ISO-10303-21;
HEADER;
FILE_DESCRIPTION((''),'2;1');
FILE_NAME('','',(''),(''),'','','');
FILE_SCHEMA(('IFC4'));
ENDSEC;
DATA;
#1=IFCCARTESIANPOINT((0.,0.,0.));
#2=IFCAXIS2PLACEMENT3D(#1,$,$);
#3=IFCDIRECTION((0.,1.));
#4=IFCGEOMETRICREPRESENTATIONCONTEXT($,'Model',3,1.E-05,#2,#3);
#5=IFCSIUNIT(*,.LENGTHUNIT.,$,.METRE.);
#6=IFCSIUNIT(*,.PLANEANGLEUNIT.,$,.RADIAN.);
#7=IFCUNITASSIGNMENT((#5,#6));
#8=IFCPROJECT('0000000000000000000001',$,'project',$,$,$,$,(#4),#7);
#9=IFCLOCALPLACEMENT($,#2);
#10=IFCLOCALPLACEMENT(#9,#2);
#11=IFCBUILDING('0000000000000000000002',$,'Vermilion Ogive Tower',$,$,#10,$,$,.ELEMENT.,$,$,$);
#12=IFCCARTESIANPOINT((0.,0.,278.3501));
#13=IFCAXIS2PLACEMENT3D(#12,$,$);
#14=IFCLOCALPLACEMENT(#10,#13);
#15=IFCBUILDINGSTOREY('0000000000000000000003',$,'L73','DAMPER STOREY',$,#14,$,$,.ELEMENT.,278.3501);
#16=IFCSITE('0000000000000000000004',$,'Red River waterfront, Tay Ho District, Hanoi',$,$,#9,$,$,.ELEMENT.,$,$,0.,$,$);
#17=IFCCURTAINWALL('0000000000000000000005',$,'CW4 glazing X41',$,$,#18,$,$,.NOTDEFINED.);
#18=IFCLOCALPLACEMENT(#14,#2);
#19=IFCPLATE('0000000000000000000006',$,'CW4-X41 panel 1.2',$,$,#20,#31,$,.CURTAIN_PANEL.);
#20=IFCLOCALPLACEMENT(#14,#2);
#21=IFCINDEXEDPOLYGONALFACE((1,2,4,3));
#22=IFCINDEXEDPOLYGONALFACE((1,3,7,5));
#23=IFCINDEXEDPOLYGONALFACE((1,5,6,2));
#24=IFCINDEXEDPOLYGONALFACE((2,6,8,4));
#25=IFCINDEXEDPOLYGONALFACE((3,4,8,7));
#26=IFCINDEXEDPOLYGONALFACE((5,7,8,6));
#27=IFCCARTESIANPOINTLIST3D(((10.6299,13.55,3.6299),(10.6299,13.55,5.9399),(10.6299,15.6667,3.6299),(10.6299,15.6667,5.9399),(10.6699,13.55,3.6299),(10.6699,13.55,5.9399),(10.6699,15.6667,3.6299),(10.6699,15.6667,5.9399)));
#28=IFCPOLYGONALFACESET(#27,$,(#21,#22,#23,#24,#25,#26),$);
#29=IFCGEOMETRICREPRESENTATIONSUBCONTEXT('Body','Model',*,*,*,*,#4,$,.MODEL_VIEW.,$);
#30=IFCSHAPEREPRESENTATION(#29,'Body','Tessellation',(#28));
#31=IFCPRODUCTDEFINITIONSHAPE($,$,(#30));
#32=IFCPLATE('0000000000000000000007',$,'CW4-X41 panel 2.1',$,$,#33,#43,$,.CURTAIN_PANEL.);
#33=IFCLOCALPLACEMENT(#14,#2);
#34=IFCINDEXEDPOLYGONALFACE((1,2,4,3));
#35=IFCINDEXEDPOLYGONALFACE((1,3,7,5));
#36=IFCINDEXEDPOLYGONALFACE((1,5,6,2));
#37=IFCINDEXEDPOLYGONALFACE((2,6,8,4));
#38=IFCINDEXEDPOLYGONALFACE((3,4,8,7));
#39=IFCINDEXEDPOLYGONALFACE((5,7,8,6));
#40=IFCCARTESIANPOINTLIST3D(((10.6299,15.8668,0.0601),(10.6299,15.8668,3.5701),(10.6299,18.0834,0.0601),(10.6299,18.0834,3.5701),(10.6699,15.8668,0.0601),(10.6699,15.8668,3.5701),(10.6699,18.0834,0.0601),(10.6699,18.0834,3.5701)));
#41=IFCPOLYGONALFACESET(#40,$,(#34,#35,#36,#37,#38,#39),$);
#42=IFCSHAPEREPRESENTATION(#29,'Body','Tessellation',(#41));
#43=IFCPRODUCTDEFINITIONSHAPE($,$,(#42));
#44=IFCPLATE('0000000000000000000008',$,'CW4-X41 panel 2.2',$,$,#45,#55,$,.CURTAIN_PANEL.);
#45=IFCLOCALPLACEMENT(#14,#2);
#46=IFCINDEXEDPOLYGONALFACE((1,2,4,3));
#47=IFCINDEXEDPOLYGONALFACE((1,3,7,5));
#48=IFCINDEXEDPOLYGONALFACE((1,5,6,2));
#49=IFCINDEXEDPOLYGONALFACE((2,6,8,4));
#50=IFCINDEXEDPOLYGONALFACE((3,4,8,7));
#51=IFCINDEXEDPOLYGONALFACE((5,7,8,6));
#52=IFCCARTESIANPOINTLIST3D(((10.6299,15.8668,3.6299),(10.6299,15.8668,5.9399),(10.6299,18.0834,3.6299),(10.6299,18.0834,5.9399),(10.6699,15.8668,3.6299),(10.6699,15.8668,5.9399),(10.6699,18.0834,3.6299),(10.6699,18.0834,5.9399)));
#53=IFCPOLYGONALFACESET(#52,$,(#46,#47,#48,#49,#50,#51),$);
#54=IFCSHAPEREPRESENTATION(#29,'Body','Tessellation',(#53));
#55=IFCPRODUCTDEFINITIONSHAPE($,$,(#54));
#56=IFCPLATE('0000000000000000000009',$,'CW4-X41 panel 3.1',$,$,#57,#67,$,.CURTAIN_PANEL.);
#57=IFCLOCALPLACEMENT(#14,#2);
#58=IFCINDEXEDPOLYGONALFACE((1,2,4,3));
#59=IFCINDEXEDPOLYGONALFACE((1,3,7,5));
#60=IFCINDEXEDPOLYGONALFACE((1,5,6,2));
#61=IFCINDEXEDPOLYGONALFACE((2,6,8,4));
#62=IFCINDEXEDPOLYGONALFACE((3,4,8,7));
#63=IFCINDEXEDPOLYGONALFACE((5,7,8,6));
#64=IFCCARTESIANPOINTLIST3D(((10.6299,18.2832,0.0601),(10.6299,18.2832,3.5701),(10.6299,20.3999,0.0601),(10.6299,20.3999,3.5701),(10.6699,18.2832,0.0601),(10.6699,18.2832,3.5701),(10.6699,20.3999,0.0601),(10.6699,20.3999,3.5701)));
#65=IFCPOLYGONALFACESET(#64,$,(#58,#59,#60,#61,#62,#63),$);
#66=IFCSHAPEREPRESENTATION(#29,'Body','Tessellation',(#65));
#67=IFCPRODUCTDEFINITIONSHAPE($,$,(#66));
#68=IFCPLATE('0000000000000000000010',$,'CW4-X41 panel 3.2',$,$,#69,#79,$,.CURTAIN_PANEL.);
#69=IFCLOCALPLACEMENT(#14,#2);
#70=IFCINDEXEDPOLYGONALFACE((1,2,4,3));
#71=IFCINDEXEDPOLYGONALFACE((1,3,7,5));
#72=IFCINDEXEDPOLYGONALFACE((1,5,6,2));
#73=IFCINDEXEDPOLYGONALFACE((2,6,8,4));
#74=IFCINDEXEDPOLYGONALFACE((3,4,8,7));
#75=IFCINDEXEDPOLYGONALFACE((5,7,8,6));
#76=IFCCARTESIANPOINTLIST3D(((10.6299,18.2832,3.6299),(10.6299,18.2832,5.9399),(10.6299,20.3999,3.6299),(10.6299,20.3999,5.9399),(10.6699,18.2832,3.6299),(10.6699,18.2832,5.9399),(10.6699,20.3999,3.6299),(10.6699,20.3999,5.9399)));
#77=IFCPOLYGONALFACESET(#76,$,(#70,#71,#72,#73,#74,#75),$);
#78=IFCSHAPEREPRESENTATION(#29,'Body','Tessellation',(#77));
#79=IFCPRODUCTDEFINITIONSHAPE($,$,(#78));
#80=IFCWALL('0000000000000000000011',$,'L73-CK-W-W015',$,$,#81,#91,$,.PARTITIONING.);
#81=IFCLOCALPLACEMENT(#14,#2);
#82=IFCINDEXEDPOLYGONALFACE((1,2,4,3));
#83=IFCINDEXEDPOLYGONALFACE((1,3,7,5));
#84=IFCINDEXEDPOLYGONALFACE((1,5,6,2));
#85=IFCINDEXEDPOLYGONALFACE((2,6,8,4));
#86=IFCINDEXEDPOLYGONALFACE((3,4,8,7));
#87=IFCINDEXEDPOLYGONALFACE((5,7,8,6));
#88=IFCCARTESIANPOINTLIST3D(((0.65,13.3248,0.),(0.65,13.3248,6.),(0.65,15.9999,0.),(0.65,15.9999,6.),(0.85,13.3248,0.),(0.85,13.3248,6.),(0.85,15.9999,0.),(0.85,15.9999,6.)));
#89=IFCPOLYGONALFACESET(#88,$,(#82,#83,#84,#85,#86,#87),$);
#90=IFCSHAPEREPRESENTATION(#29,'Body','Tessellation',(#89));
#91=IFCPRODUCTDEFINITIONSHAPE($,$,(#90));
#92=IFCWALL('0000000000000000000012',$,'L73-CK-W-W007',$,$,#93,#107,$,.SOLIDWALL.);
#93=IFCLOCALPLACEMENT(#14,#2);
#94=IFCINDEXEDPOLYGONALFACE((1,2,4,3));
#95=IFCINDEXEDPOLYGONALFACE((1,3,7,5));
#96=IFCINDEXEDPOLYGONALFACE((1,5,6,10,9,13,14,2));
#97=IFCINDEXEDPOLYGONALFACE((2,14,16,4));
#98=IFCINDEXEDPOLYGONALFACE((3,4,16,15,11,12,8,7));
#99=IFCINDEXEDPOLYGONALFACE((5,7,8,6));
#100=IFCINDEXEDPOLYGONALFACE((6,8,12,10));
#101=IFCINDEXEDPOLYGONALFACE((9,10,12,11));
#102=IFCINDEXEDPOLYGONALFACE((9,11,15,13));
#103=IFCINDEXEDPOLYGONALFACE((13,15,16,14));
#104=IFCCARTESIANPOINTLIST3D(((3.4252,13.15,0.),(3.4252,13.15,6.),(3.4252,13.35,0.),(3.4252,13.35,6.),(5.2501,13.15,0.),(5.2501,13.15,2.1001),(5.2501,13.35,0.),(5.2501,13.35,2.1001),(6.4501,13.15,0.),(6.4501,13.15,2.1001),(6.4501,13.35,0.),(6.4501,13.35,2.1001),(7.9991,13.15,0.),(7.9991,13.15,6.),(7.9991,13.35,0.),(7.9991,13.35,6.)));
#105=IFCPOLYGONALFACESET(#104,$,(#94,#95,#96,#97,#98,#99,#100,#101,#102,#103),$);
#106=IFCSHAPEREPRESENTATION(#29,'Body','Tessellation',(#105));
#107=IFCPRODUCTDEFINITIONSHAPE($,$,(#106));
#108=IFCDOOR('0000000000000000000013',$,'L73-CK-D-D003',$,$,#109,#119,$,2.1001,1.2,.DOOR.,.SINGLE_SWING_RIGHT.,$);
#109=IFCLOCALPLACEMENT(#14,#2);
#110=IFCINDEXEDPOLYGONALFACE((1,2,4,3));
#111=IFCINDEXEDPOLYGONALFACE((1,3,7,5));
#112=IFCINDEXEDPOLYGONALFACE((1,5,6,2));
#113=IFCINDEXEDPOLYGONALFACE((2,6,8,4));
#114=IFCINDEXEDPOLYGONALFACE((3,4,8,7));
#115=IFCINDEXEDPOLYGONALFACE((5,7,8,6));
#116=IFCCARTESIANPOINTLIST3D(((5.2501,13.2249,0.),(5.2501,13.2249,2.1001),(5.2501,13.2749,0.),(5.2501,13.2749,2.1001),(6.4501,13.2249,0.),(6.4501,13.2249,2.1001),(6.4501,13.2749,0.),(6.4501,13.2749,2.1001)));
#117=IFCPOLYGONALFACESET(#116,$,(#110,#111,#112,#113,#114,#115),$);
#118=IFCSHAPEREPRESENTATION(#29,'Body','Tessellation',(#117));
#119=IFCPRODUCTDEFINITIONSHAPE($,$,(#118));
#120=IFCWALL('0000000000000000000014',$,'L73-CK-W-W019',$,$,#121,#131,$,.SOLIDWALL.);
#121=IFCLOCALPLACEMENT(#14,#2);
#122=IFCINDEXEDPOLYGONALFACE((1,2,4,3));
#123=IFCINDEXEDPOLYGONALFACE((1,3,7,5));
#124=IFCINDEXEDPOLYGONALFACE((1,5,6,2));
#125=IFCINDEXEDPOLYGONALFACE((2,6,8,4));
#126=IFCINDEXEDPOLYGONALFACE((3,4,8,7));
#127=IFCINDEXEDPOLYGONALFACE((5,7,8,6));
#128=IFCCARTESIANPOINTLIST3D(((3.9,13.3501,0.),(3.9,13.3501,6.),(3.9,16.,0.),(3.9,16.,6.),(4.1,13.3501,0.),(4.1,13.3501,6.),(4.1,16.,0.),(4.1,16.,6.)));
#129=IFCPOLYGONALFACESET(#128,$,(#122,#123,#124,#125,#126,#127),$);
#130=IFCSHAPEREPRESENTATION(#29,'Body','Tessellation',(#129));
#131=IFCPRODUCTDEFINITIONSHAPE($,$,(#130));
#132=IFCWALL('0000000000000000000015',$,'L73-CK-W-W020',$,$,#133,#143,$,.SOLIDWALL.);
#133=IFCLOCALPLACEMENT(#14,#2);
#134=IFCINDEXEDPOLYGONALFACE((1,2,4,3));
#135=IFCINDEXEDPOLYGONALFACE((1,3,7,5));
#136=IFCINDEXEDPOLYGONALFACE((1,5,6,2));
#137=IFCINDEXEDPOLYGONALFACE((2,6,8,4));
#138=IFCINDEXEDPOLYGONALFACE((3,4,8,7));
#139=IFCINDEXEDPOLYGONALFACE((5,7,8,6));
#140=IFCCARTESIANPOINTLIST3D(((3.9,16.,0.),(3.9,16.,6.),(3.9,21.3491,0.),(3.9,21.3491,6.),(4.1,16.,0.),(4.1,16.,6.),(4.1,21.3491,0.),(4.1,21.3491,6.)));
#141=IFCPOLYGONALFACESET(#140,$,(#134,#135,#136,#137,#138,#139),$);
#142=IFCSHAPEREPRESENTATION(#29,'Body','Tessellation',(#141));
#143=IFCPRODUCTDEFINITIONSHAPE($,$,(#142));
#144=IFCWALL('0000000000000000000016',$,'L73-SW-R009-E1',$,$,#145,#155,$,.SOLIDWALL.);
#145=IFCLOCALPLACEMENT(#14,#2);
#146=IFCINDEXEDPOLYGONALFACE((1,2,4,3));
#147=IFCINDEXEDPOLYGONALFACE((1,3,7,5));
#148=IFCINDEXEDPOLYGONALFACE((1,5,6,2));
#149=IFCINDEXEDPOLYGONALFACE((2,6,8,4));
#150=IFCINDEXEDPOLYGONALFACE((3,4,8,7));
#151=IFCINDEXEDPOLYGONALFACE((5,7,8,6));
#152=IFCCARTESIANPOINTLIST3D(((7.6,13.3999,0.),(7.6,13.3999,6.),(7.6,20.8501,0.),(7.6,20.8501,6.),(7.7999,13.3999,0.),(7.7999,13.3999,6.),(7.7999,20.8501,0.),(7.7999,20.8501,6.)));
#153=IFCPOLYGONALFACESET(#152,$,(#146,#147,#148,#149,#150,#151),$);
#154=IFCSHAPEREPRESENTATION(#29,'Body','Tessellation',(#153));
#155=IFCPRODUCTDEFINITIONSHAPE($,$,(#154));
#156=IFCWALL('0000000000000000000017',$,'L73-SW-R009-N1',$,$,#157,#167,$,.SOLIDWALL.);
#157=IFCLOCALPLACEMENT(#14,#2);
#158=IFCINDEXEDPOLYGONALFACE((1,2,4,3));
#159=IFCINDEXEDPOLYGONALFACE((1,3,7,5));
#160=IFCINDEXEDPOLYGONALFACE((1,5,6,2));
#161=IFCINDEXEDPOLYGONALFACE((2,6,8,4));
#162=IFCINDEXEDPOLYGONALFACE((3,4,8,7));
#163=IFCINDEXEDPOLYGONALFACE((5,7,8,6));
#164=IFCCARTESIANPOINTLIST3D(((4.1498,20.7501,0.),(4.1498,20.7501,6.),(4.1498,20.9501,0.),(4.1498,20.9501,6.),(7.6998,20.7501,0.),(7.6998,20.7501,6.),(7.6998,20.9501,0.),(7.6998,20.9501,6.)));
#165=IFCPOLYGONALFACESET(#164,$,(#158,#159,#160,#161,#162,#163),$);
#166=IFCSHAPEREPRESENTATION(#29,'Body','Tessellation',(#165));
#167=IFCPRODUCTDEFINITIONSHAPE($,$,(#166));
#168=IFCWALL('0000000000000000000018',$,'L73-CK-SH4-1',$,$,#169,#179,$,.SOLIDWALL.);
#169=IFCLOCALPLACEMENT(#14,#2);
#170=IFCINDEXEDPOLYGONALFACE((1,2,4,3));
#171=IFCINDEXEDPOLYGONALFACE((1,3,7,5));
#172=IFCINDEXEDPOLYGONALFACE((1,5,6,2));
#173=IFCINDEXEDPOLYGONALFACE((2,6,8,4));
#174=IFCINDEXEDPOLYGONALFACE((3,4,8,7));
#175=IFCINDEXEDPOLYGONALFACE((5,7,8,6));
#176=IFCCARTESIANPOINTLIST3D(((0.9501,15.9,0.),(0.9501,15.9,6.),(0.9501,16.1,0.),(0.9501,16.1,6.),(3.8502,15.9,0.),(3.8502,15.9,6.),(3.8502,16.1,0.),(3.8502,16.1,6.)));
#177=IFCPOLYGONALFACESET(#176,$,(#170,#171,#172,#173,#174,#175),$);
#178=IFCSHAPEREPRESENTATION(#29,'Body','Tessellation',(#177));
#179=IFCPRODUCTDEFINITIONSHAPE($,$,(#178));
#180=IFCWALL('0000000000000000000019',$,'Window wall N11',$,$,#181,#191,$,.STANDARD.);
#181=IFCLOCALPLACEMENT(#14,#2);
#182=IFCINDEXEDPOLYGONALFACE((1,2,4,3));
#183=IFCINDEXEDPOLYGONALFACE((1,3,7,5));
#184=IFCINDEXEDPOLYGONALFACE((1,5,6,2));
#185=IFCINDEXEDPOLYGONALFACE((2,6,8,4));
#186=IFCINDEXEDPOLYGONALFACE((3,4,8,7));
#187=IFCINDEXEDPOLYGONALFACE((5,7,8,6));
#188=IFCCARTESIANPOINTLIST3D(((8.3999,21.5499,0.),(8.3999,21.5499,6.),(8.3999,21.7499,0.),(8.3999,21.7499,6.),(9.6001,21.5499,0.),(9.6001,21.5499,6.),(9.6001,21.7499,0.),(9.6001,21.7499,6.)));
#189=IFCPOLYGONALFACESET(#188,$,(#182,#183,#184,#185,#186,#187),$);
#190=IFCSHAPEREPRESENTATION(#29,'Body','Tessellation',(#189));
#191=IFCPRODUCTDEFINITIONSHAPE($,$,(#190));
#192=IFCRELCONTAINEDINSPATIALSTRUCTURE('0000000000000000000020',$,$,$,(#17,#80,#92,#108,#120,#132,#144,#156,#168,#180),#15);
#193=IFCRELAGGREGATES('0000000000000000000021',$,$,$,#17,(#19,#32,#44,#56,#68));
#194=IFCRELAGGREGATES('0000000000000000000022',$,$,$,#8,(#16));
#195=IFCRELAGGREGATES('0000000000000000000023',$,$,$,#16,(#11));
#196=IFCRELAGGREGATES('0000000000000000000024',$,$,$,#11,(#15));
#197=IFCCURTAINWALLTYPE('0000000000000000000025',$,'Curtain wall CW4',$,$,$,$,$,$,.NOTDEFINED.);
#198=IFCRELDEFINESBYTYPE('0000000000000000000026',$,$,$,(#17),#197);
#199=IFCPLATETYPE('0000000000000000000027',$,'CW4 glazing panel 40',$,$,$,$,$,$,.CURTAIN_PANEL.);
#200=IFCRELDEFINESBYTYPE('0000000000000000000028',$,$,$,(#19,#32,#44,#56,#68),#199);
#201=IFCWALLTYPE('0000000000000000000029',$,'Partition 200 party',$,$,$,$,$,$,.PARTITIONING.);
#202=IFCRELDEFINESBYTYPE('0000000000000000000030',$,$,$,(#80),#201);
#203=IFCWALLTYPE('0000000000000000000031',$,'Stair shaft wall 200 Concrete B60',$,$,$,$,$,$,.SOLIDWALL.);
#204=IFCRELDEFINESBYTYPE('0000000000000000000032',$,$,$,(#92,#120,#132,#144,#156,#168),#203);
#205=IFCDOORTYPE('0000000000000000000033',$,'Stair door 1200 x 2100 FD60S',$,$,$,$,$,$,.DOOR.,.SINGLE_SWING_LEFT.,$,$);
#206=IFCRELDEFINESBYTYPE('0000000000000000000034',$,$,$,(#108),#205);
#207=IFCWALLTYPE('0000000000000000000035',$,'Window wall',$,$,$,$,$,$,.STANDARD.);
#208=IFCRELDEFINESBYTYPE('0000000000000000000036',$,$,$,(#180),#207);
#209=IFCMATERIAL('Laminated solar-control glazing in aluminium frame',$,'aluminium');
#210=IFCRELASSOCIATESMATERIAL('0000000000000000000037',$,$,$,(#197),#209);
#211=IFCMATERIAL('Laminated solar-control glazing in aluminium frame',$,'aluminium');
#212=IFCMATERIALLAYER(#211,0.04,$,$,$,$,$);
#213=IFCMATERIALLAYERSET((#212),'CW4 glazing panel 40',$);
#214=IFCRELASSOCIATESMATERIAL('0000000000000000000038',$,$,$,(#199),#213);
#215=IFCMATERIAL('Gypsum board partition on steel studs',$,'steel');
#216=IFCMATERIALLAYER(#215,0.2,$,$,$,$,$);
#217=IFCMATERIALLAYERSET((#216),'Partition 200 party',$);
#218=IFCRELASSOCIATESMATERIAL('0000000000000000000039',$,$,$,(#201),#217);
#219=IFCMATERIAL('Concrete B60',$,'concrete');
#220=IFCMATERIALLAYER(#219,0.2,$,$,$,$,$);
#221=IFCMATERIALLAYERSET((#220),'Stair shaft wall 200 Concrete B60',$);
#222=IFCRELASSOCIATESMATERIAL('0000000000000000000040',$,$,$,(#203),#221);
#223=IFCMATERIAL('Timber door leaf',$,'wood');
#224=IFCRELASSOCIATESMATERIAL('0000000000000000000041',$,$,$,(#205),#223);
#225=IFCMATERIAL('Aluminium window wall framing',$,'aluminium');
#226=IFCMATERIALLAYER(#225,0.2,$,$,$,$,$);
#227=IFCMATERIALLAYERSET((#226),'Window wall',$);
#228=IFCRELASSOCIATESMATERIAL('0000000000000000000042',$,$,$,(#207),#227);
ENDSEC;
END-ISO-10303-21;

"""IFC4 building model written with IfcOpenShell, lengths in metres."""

from ifc_helpers import new_model, si_unit, direction, frame, frame_2d, origin, origin_2d, place, context, subcontext, project, spatial, rectangle, extrude, material, layer, layer_set, type_object, element, fill, aggregate, save


model = new_model("IFC4")

# Units and contexts
model_context = context("Model", 3, precision=1e-05, world=origin(), true_north=direction((0.0, 1.0)))
body_context = subcontext(model_context, "Body", "Model", "MODEL_VIEW")
ifc_project = project(units=[si_unit("LENGTHUNIT", "METRE"), si_unit("PLANEANGLEUNIT", "RADIAN")], contexts=[model_context])

# Site, building, storey
site_placement = place(None, origin())
site = spatial("IfcSite", under=ifc_project, at=site_placement, Name="Red River waterfront, Tay Ho District, Hanoi", CompositionType="ELEMENT", RefElevation=0.0)
building_placement = place(site_placement, origin())
building = spatial("IfcBuilding", under=site, at=building_placement, Name="Vermilion Ogive Tower", CompositionType="ELEMENT")
storey_placement = place(building_placement, frame((0.0, 0.0, 278.3501)))
storey = spatial("IfcBuildingStorey", under=building, at=storey_placement, Name="L73", Description="DAMPER STOREY", CompositionType="ELEMENT", Elevation=278.3501)

# Curtain wall, plates
ifc_material_1 = material(Name="Laminated solar-control glazing in aluminium frame", Category="aluminium")
curtain_wall_type = type_object("IfcCurtainWallType", Name="Curtain wall CW4", PredefinedType="NOTDEFINED", material=ifc_material_1)
curtain_wall_placement = place(storey_placement, origin())
curtain_wall = element("IfcCurtainWall", 1, at=curtain_wall_placement, inside=storey, type_object=curtain_wall_type, Name="CW4 glazing X41", PredefinedType="NOTDEFINED")
ifc_material_2 = material(Name="Laminated solar-control glazing in aluminium frame", Category="aluminium")
ifc_layer_1 = layer(ifc_material_2, 0.04)
ifc_layer_set_1 = layer_set([ifc_layer_1], Name="CW4 glazing panel 40")
plate_type = type_object("IfcPlateType", Name="CW4 glazing panel 40", PredefinedType="CURTAIN_PANEL", material=ifc_layer_set_1)
plate_1_placement = place(storey_placement, frame((10.6499, 14.6084, 3.6299), z_axis=(0.0, 0.0, 1.0), x_axis=(0.0, 1.0, 0.0)))
plate_1 = element("IfcPlate", 2, at=plate_1_placement, type_object=plate_type, Name="CW4-X41 panel 1.2", PredefinedType="CURTAIN_PANEL", context=body_context, shape_type="SweptSolid", body=[
    extrude(rectangle(XDim=2.1167, YDim=0.04, at=origin_2d()), origin(), (0.0, 0.0, 1.0), 2.3101),
])
plate_2_placement = place(storey_placement, frame((10.6499, 16.9751, 0.0601), z_axis=(0.0, 0.0, 1.0), x_axis=(0.0, 1.0, 0.0)))
plate_2 = element("IfcPlate", 3, at=plate_2_placement, type_object=plate_type, Name="CW4-X41 panel 2.1", PredefinedType="CURTAIN_PANEL", context=body_context, shape_type="SweptSolid", body=[
    extrude(rectangle(XDim=2.2166, YDim=0.04, at=origin_2d()), origin(), (0.0, 0.0, 1.0), 3.51),
])
plate_3_placement = place(storey_placement, frame((10.6499, 16.9751, 3.6299), z_axis=(0.0, 0.0, 1.0), x_axis=(0.0, 1.0, 0.0)))
plate_3 = element("IfcPlate", 4, at=plate_3_placement, type_object=plate_type, Name="CW4-X41 panel 2.2", PredefinedType="CURTAIN_PANEL", context=body_context, shape_type="SweptSolid", body=[
    extrude(rectangle(XDim=2.2166, YDim=0.04, at=origin_2d()), origin(), (0.0, 0.0, 1.0), 2.3101),
])
plate_4_placement = place(storey_placement, frame((10.6499, 19.3416, 0.0601), z_axis=(0.0, 0.0, 1.0), x_axis=(0.0, 1.0, 0.0)))
plate_4 = element("IfcPlate", 5, at=plate_4_placement, type_object=plate_type, Name="CW4-X41 panel 3.1", PredefinedType="CURTAIN_PANEL", context=body_context, shape_type="SweptSolid", body=[
    extrude(rectangle(XDim=2.1167, YDim=0.04, at=origin_2d()), origin(), (0.0, 0.0, 1.0), 3.51),
])
plate_5_placement = place(storey_placement, frame((10.6499, 19.3416, 3.6299), z_axis=(0.0, 0.0, 1.0), x_axis=(0.0, 1.0, 0.0)))
plate_5 = element("IfcPlate", 6, at=plate_5_placement, type_object=plate_type, Name="CW4-X41 panel 3.2", PredefinedType="CURTAIN_PANEL", context=body_context, shape_type="SweptSolid", body=[
    extrude(rectangle(XDim=2.1167, YDim=0.04, at=origin_2d()), origin(), (0.0, 0.0, 1.0), 2.3101),
])
aggregate(curtain_wall, [plate_1, plate_2, plate_3, plate_4, plate_5])

# Wall
ifc_material_3 = material(Name="Gypsum board partition on steel studs", Category="steel")
ifc_layer_2 = layer(ifc_material_3, 0.2)
ifc_layer_set_2 = layer_set([ifc_layer_2], Name="Partition 200 party")
wall_type_1 = type_object("IfcWallType", Name="Partition 200 party", PredefinedType="PARTITIONING", material=ifc_layer_set_2)
wall_1_placement = place(storey_placement, frame((0.75, 13.325, 0.0), z_axis=(0.0, 0.0, 1.0), x_axis=(0.0, 1.0, 0.0)))
element("IfcWall", 7, at=wall_1_placement, inside=storey, type_object=wall_type_1, Name="L73-CK-W-W015", PredefinedType="PARTITIONING", context=body_context, shape_type="SweptSolid", body=[
    extrude(rectangle(XDim=2.675, YDim=0.2, at=frame_2d((1.3374, 0.0))), origin(), (0.0, 0.0, 1.0), 6.0),
])

# Wall, opening, door
ifc_material_4 = material(Name="Concrete B60", Category="concrete")
ifc_layer_3 = layer(ifc_material_4, 0.2)
ifc_layer_set_3 = layer_set([ifc_layer_3], Name="Stair shaft wall 200 Concrete B60")
wall_type_2 = type_object("IfcWallType", Name="Stair shaft wall 200 Concrete B60", PredefinedType="SOLIDWALL", material=ifc_layer_set_3)
wall_2_placement = place(storey_placement, frame((3.425, 13.25, 0.0), z_axis=(0.0, 0.0, 1.0), x_axis=(1.0, 0.0, 0.0)))
wall_2 = element("IfcWall", 8, at=wall_2_placement, inside=storey, type_object=wall_type_2, Name="L73-CK-W-W007", PredefinedType="SOLIDWALL", context=body_context, shape_type="SweptSolid", body=[
    extrude(rectangle(XDim=4.574, YDim=0.2, at=frame_2d((2.2871, 0.0))), origin(), (0.0, 0.0, 1.0), 6.0),
])
opening_placement = place(wall_2_placement, frame((1.825, 0.0, 0.0)))
opening = element("IfcOpeningElement", 9, at=opening_placement, cuts=wall_2, PredefinedType="OPENING", context=body_context, shape_type="SweptSolid", body=[
    extrude(rectangle(XDim=1.2, YDim=2.1001, at=frame_2d((0.6001, 1.05))), frame((0.0, 0.1099, 0.0), z_axis=(0.0, -1.0, 0.0), x_axis=(1.0, 0.0, 0.0)), (0.0, 0.0, 1.0), 0.22),
])
ifc_material_5 = material(Name="Timber door leaf", Category="wood")
door_type = type_object("IfcDoorType", Name="Stair door 1200 x 2100 FD60S", OperationType="SINGLE_SWING_LEFT", PredefinedType="DOOR", material=ifc_material_5)
door_placement = place(opening_placement, origin())
door = element("IfcDoor", 10, at=door_placement, inside=storey, type_object=door_type, Name="L73-CK-D-D003", OperationType="SINGLE_SWING_RIGHT", OverallHeight=2.1001, OverallWidth=1.2, PredefinedType="DOOR", context=body_context, shape_type="SweptSolid", body=[
    extrude(rectangle(XDim=1.2, YDim=2.1001, at=frame_2d((0.6001, 1.05))), frame((0.0, 0.0249, 0.0), z_axis=(0.0, -1.0, 0.0), x_axis=(1.0, 0.0, 0.0)), (0.0, 0.0, 1.0), 0.05),
])
fill(opening, door)

# Walls
wall_3_placement = place(storey_placement, frame((4.0, 13.3501, 0.0), z_axis=(0.0, 0.0, 1.0), x_axis=(0.0, 1.0, 0.0)))
element("IfcWall", 11, at=wall_3_placement, inside=storey, type_object=wall_type_2, Name="L73-CK-W-W019", PredefinedType="SOLIDWALL", context=body_context, shape_type="SweptSolid", body=[
    extrude(rectangle(XDim=2.6499, YDim=0.2, at=frame_2d((1.325, 0.0))), origin(), (0.0, 0.0, 1.0), 6.0),
])
wall_4_placement = place(storey_placement, frame((4.0, 16.0, 0.0), z_axis=(0.0, 0.0, 1.0), x_axis=(0.0, 1.0, 0.0)))
element("IfcWall", 12, at=wall_4_placement, inside=storey, type_object=wall_type_2, Name="L73-CK-W-W020", PredefinedType="SOLIDWALL", context=body_context, shape_type="SweptSolid", body=[
    extrude(rectangle(XDim=5.3491, YDim=0.2, at=frame_2d((2.6746, 0.0))), origin(), (0.0, 0.0, 1.0), 6.0),
])
wall_5_placement = place(storey_placement, frame((7.7, 13.3999, 0.0), z_axis=(0.0, 0.0, 1.0), x_axis=(0.0, 1.0, 0.0)))
element("IfcWall", 13, at=wall_5_placement, inside=storey, type_object=wall_type_2, Name="L73-SW-R009-E1", PredefinedType="SOLIDWALL", context=body_context, shape_type="SweptSolid", body=[
    extrude(rectangle(XDim=7.4502, YDim=0.2, at=frame_2d((3.7251, 0.0))), origin(), (0.0, 0.0, 1.0), 6.0),
])
wall_6_placement = place(storey_placement, frame((4.1499, 20.8501, 0.0), z_axis=(0.0, 0.0, 1.0), x_axis=(1.0, 0.0, 0.0)))
element("IfcWall", 14, at=wall_6_placement, inside=storey, type_object=wall_type_2, Name="L73-SW-R009-N1", PredefinedType="SOLIDWALL", context=body_context, shape_type="SweptSolid", body=[
    extrude(rectangle(XDim=3.55, YDim=0.2, at=frame_2d((1.7749, 0.0))), origin(), (0.0, 0.0, 1.0), 6.0),
])
wall_7_placement = place(storey_placement, frame((0.95, 16.0, 0.0), z_axis=(0.0, 0.0, 1.0), x_axis=(1.0, 0.0, 0.0)))
element("IfcWall", 15, at=wall_7_placement, inside=storey, type_object=wall_type_2, Name="L73-CK-SH4-1", PredefinedType="SOLIDWALL", context=body_context, shape_type="SweptSolid", body=[
    extrude(rectangle(XDim=2.9001, YDim=0.2, at=frame_2d((1.4502, 0.0))), origin(), (0.0, 0.0, 1.0), 6.0),
])
ifc_material_6 = material(Name="Aluminium window wall framing", Category="aluminium")
ifc_layer_4 = layer(ifc_material_6, 0.2)
ifc_layer_set_4 = layer_set([ifc_layer_4], Name="Window wall")
wall_type_3 = type_object("IfcWallType", Name="Window wall", PredefinedType="STANDARD", material=ifc_layer_set_4)
wall_8_placement = place(storey_placement, frame((9.6001, 21.6499, 0.0), z_axis=(0.0, 0.0, 1.0), x_axis=(-1.0, 0.0, 0.0)))
element("IfcWall", 16, at=wall_8_placement, inside=storey, type_object=wall_type_3, Name="Window wall N11", PredefinedType="STANDARD", context=body_context, shape_type="SweptSolid", body=[
    extrude(rectangle(XDim=1.2002, YDim=0.2, at=frame_2d((0.6001, 0.0))), origin(), (0.0, 0.0, 1.0), 6.0),
])

save(model, "model.ifc")
